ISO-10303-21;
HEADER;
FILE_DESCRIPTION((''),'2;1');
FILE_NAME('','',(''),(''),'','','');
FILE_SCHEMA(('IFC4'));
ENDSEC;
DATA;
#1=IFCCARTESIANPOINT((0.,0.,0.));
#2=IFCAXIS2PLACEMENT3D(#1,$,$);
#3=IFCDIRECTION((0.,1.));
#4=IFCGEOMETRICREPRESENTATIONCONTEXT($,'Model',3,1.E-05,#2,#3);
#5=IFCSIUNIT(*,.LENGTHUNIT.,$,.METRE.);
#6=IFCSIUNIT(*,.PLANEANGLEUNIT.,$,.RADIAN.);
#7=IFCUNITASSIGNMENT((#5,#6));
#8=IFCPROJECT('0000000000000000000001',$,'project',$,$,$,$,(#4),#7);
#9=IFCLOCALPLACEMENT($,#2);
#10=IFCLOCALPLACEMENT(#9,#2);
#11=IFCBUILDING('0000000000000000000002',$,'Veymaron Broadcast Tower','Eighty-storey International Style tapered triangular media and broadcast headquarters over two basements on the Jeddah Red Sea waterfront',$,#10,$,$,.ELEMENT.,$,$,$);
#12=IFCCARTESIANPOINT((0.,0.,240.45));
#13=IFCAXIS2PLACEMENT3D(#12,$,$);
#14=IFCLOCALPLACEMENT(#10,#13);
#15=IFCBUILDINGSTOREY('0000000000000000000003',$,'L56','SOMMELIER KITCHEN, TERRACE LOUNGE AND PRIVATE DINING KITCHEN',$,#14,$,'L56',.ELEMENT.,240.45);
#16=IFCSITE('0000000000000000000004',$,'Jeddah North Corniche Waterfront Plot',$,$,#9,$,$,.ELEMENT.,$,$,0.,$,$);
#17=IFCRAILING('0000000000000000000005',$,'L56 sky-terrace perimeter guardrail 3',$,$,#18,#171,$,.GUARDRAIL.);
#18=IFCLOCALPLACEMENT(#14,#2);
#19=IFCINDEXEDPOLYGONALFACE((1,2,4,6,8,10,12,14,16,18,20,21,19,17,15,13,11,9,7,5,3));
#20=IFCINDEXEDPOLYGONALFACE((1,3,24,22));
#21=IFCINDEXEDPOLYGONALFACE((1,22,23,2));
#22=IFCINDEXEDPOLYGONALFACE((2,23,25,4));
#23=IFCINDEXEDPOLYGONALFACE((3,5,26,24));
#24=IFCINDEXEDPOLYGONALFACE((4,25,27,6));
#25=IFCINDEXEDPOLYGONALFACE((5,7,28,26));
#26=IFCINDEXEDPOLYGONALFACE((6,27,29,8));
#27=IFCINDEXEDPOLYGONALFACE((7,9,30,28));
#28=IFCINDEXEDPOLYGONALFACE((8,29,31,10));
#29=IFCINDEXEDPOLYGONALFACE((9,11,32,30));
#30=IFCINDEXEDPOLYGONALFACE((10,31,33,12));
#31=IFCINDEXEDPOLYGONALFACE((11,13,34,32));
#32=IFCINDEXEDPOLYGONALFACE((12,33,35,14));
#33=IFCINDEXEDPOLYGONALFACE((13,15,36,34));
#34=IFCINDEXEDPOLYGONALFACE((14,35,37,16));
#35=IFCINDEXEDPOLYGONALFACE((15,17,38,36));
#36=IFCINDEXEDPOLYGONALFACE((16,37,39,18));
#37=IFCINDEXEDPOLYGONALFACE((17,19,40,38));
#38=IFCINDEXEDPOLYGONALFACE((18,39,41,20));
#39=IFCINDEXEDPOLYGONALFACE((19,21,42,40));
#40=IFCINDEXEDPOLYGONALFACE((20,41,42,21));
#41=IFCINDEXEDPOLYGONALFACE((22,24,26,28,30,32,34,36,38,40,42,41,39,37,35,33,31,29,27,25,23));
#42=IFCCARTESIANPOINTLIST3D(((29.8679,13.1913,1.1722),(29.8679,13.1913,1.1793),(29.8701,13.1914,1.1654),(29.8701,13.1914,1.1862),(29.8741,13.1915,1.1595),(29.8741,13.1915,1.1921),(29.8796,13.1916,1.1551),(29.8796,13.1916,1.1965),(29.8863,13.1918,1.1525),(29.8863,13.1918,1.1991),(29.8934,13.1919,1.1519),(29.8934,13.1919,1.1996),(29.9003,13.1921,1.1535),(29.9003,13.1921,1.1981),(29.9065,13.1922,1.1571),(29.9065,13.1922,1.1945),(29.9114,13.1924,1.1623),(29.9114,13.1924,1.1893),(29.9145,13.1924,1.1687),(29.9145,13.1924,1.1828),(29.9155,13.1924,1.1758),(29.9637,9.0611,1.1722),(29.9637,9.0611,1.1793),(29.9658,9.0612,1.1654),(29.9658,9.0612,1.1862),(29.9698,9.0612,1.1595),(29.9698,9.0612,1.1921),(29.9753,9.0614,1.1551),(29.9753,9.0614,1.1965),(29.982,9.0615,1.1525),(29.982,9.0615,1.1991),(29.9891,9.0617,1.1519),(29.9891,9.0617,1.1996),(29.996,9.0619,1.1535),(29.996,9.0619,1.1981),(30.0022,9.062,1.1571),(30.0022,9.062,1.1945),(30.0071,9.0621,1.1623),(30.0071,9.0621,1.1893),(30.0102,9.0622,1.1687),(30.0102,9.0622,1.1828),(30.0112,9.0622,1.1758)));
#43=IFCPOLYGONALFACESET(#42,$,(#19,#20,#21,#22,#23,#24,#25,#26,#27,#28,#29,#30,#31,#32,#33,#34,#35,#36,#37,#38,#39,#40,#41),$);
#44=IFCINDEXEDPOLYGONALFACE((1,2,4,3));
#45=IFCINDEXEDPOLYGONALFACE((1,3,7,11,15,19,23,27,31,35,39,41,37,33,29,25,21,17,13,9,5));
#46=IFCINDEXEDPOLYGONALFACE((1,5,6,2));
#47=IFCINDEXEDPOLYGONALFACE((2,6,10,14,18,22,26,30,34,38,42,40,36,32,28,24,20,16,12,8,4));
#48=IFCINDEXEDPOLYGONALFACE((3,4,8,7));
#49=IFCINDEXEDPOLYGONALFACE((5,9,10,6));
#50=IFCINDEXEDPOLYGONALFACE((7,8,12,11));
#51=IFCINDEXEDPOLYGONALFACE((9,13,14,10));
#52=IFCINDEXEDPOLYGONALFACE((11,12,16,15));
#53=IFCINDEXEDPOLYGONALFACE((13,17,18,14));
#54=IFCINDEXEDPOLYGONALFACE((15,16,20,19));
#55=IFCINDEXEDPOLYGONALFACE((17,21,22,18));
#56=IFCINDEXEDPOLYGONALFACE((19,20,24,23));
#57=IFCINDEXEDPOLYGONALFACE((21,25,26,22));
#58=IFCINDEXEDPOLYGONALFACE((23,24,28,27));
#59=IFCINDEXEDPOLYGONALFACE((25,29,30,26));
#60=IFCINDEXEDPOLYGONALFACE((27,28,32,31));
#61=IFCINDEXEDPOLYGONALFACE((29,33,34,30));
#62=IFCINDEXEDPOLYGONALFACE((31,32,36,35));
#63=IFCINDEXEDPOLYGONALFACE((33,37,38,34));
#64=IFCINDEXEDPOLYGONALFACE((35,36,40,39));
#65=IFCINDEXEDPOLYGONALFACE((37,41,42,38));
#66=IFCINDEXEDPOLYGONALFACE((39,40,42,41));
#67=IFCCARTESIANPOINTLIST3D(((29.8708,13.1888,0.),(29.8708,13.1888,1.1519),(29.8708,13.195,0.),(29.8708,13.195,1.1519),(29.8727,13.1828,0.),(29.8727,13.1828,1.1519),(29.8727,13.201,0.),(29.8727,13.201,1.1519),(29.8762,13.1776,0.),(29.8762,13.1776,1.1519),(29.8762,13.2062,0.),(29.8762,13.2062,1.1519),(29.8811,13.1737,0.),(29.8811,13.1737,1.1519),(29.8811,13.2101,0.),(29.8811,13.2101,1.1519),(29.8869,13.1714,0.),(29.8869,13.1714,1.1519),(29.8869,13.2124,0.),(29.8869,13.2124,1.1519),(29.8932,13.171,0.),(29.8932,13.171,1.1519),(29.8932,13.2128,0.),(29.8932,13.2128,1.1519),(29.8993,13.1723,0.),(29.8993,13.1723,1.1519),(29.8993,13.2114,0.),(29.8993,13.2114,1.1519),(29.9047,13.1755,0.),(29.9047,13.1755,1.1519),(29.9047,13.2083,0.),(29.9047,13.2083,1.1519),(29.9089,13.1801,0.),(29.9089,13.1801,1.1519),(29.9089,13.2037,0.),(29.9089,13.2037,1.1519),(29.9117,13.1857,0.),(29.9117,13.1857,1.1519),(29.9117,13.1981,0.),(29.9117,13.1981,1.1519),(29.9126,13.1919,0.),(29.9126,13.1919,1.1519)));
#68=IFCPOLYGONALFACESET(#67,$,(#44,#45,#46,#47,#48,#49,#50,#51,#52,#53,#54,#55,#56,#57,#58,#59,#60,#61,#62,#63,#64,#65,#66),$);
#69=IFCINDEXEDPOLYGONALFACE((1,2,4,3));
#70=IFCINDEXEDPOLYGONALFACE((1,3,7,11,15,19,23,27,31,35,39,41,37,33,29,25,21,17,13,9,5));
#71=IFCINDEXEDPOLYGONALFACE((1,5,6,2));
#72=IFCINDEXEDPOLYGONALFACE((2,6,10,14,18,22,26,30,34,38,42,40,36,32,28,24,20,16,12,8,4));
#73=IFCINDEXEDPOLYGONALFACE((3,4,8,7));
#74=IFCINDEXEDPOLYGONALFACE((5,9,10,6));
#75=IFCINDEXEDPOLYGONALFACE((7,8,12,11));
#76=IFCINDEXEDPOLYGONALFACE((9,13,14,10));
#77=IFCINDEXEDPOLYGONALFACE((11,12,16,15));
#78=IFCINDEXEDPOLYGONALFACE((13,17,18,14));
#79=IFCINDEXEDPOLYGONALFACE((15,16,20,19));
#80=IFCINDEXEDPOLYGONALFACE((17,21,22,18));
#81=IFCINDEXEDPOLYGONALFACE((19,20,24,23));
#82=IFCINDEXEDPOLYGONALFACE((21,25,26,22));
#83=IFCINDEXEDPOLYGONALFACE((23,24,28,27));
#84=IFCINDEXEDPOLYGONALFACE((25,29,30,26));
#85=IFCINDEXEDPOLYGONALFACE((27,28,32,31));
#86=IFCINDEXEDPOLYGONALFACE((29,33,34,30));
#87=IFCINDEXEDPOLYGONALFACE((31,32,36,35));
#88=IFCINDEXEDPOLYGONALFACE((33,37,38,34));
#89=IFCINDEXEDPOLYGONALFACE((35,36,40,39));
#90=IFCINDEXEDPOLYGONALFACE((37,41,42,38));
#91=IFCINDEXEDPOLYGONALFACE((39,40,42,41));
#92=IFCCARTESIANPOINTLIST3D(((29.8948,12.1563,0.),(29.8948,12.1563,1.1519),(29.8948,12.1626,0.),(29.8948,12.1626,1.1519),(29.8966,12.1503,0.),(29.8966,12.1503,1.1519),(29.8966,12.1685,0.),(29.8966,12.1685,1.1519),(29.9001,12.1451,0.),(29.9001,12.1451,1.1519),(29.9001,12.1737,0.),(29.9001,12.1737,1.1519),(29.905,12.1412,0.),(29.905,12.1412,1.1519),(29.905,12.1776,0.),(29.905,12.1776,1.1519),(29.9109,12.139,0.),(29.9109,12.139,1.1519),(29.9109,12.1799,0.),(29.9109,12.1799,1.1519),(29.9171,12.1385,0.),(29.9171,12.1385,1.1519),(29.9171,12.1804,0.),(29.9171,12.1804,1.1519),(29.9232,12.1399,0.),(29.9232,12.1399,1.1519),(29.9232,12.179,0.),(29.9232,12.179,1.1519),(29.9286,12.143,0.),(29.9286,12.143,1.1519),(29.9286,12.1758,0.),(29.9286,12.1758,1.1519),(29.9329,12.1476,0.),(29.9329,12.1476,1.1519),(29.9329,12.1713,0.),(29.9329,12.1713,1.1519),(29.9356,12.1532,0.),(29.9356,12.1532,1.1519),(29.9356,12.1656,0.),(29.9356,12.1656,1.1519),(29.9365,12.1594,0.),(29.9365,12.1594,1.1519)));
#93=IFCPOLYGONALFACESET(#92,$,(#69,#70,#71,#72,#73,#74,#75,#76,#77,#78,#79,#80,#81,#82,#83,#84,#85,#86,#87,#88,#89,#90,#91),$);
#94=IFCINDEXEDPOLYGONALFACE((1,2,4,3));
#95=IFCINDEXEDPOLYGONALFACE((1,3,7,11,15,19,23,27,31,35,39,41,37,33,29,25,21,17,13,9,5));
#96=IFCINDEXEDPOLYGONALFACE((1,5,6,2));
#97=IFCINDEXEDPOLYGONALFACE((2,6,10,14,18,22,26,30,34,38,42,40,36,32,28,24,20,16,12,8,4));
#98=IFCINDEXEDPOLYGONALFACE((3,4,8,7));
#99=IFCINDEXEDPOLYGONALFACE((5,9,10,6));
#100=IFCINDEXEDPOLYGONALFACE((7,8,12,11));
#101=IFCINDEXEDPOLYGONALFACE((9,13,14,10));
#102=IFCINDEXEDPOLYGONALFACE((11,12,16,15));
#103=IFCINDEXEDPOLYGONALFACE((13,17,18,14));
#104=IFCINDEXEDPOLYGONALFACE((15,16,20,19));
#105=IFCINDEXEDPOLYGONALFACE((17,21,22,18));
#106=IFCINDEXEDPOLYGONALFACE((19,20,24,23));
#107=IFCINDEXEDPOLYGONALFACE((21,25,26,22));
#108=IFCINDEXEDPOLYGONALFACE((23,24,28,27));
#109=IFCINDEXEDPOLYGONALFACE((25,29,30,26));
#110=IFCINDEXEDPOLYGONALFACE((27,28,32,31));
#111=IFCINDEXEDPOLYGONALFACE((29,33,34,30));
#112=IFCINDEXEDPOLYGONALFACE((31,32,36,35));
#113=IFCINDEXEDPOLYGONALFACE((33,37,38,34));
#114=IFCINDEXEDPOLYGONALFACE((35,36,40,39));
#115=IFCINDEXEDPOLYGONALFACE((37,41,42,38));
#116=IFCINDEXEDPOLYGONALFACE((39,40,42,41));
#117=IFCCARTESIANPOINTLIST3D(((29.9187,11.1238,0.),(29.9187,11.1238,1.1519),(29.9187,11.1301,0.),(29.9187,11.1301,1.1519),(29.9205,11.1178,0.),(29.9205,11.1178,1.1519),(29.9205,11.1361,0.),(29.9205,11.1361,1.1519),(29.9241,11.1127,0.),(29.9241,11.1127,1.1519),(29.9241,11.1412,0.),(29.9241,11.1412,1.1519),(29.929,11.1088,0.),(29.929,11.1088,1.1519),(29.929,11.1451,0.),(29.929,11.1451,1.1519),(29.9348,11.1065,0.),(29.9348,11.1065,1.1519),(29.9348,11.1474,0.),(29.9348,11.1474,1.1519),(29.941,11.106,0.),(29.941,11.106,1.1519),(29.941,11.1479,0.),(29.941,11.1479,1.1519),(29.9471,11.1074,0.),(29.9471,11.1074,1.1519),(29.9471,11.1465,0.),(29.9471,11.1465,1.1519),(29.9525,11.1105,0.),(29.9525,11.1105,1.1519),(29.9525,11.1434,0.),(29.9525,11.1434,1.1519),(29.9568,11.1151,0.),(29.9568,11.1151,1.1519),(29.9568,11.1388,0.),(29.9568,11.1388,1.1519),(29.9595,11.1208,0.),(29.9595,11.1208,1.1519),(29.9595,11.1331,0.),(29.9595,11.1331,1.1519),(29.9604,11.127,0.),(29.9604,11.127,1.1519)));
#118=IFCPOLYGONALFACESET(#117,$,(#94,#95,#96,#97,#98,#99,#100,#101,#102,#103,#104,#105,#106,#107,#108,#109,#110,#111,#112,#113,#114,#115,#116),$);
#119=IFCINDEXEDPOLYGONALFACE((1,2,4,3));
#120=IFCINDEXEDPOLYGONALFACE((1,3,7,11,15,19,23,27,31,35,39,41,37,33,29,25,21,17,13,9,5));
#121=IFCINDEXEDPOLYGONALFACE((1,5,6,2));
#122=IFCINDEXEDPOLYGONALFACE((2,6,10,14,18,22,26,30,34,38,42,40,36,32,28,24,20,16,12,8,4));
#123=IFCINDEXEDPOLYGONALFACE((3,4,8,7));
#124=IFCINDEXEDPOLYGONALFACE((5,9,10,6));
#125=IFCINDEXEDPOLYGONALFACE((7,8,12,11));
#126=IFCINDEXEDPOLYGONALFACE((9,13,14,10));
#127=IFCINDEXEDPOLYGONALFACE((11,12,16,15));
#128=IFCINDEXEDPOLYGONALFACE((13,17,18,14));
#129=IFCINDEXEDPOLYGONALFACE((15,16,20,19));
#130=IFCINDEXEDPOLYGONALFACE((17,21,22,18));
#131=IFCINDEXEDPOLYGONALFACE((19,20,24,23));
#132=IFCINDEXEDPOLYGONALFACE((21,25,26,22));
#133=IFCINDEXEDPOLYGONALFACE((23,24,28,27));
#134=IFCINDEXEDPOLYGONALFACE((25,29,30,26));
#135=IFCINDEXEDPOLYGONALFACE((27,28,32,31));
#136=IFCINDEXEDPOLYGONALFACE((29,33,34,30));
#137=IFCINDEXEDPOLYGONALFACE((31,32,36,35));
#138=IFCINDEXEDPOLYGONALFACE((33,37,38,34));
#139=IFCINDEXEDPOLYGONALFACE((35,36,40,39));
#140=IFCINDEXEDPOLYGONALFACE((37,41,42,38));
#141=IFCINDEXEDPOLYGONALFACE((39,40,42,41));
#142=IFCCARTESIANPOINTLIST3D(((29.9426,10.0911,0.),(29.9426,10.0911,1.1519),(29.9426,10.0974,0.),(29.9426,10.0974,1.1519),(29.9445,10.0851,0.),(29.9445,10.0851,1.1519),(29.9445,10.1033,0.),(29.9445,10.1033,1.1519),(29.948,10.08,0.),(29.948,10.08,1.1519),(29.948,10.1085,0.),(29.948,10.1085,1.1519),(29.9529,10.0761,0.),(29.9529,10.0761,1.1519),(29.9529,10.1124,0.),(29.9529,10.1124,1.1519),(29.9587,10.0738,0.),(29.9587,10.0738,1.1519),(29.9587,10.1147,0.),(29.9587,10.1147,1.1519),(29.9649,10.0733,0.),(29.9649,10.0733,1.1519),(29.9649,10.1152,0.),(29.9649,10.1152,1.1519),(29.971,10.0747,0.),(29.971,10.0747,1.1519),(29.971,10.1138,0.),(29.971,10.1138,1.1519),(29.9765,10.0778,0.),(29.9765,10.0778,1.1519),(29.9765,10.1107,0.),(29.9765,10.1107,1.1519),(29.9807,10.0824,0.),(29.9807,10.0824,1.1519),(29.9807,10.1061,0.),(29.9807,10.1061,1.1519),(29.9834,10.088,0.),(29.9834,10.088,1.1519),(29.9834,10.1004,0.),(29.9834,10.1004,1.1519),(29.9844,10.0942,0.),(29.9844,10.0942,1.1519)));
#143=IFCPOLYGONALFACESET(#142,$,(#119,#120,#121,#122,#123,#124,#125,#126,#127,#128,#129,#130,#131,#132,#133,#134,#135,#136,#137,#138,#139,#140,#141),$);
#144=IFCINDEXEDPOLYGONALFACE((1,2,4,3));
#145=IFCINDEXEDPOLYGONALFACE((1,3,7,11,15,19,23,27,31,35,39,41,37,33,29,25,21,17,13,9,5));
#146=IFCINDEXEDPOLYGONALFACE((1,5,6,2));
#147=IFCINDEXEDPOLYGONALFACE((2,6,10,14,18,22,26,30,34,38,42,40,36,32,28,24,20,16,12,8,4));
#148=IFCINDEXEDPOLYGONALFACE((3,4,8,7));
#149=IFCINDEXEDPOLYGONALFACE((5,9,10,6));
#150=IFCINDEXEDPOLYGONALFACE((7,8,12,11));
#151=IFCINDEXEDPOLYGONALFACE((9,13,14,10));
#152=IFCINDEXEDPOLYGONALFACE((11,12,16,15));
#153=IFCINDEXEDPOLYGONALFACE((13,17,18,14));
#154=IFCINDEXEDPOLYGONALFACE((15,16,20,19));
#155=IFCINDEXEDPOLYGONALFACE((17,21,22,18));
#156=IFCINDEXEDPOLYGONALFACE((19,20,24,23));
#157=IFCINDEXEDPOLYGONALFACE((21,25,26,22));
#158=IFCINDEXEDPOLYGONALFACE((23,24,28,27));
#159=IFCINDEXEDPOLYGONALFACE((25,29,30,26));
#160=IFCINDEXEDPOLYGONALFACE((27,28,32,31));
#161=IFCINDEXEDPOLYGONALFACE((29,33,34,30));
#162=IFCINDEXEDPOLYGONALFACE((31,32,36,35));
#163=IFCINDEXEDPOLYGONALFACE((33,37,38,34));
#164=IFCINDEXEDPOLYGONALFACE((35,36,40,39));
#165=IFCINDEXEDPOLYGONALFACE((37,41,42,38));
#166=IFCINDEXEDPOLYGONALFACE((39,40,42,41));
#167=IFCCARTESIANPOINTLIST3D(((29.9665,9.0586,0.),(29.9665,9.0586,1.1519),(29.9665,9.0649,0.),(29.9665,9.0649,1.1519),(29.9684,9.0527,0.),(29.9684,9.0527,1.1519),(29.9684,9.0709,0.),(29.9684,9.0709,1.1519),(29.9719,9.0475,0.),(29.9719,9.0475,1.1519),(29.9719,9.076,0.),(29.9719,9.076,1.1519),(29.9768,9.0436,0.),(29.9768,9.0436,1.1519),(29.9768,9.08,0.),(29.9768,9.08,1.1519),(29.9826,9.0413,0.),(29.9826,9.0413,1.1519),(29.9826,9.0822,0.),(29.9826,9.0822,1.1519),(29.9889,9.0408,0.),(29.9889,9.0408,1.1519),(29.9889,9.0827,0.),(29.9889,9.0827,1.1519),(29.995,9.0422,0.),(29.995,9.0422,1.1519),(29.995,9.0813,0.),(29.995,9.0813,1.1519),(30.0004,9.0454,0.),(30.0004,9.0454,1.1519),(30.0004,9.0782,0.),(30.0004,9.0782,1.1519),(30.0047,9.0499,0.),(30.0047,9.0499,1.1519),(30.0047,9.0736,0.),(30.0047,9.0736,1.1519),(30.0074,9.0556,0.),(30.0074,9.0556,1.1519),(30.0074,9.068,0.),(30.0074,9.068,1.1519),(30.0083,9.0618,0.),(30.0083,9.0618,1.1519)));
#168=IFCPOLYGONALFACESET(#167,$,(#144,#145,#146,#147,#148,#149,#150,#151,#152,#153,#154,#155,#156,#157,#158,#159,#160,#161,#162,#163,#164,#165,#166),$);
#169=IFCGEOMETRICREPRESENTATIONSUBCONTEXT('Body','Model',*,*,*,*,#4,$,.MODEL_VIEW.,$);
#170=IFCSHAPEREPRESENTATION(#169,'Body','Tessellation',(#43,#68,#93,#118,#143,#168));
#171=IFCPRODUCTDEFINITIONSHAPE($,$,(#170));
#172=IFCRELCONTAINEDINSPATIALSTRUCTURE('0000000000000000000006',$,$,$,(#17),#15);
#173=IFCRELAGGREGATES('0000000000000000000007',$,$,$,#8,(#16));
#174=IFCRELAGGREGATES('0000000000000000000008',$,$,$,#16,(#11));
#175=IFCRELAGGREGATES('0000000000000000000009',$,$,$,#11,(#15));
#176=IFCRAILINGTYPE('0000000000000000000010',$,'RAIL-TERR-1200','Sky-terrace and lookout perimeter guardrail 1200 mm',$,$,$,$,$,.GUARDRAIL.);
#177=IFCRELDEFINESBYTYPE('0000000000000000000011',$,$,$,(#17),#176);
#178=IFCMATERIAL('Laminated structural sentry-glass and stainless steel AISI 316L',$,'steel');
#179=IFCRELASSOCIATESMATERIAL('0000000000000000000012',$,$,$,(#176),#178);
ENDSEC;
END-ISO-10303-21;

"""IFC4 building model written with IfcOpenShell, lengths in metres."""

from ifc_helpers import new_model, si_unit, direction, frame, origin, origin_2d, place, context, subcontext, project, spatial, circle, extrude, material, type_object, element, save


model = new_model("IFC4")

# Units and contexts
model_context = context("Model", 3, precision=1e-05, world=origin(), true_north=direction((0.0, 1.0)))
body_context = subcontext(model_context, "Body", "Model", "MODEL_VIEW")
ifc_project = project(units=[si_unit("LENGTHUNIT", "METRE"), si_unit("PLANEANGLEUNIT", "RADIAN")], contexts=[model_context])

# Site, building, storey
site_placement = place(None, origin())
site = spatial("IfcSite", under=ifc_project, at=site_placement, Name="Jeddah North Corniche Waterfront Plot", CompositionType="ELEMENT", RefElevation=0.0)
building_placement = place(site_placement, origin())
building = spatial("IfcBuilding", under=site, at=building_placement, Name="Veymaron Broadcast Tower", Description="Eighty-storey International Style tapered triangular media and broadcast headquarters over two basements on the Jeddah Red Sea waterfront", CompositionType="ELEMENT")
storey_placement = place(building_placement, frame((0.0, 0.0, 240.45)))
storey = spatial("IfcBuildingStorey", under=building, at=storey_placement, Name="L56", Description="SOMMELIER KITCHEN, TERRACE LOUNGE AND PRIVATE DINING KITCHEN", LongName="L56", CompositionType="ELEMENT", Elevation=240.45)

# Railing
ifc_material_1 = material(Name="Laminated structural sentry-glass and stainless steel AISI 316L", Category="steel")
railing_type = type_object("IfcRailingType", Name="RAIL-TERR-1200", Description="Sky-terrace and lookout perimeter guardrail 1200 mm", PredefinedType="GUARDRAIL", material=ifc_material_1)
railing_1_placement = place(storey_placement, frame((29.8916, 13.1919, 0.0)))
element("IfcRailing", 1, at=railing_1_placement, inside=storey, type_object=railing_type, Name="L56 sky-terrace perimeter guardrail 3", PredefinedType="GUARDRAIL", context=body_context, shape_type="SweptSolid", body=[
    extrude(circle(Radius=0.0239, at=origin_2d()), frame((0.0, 0.0, 1.1758), z_axis=(0.023166, -0.999732, 0.0), x_axis=(0.999732, 0.023166, 0.0)), (0.0, 0.0, 1.0), 4.1313),
    extrude(circle(Radius=0.021, at=origin_2d()), origin(), (0.0, 0.0, 1.0), 1.1519),
    extrude(circle(Radius=0.021, at=origin_2d()), frame((0.0239, -1.0325, 0.0)), (0.0, 0.0, 1.0), 1.1519),
    extrude(circle(Radius=0.021, at=origin_2d()), frame((0.0479, -2.0649, 0.0)), (0.0, 0.0, 1.0), 1.1519),
    extrude(circle(Radius=0.021, at=origin_2d()), frame((0.0718, -3.0977, 0.0)), (0.0, 0.0, 1.0), 1.1519),
    extrude(circle(Radius=0.021, at=origin_2d()), frame((0.0957, -4.1301, 0.0)), (0.0, 0.0, 1.0), 1.1519),
])

save(model, "model.ifc")
